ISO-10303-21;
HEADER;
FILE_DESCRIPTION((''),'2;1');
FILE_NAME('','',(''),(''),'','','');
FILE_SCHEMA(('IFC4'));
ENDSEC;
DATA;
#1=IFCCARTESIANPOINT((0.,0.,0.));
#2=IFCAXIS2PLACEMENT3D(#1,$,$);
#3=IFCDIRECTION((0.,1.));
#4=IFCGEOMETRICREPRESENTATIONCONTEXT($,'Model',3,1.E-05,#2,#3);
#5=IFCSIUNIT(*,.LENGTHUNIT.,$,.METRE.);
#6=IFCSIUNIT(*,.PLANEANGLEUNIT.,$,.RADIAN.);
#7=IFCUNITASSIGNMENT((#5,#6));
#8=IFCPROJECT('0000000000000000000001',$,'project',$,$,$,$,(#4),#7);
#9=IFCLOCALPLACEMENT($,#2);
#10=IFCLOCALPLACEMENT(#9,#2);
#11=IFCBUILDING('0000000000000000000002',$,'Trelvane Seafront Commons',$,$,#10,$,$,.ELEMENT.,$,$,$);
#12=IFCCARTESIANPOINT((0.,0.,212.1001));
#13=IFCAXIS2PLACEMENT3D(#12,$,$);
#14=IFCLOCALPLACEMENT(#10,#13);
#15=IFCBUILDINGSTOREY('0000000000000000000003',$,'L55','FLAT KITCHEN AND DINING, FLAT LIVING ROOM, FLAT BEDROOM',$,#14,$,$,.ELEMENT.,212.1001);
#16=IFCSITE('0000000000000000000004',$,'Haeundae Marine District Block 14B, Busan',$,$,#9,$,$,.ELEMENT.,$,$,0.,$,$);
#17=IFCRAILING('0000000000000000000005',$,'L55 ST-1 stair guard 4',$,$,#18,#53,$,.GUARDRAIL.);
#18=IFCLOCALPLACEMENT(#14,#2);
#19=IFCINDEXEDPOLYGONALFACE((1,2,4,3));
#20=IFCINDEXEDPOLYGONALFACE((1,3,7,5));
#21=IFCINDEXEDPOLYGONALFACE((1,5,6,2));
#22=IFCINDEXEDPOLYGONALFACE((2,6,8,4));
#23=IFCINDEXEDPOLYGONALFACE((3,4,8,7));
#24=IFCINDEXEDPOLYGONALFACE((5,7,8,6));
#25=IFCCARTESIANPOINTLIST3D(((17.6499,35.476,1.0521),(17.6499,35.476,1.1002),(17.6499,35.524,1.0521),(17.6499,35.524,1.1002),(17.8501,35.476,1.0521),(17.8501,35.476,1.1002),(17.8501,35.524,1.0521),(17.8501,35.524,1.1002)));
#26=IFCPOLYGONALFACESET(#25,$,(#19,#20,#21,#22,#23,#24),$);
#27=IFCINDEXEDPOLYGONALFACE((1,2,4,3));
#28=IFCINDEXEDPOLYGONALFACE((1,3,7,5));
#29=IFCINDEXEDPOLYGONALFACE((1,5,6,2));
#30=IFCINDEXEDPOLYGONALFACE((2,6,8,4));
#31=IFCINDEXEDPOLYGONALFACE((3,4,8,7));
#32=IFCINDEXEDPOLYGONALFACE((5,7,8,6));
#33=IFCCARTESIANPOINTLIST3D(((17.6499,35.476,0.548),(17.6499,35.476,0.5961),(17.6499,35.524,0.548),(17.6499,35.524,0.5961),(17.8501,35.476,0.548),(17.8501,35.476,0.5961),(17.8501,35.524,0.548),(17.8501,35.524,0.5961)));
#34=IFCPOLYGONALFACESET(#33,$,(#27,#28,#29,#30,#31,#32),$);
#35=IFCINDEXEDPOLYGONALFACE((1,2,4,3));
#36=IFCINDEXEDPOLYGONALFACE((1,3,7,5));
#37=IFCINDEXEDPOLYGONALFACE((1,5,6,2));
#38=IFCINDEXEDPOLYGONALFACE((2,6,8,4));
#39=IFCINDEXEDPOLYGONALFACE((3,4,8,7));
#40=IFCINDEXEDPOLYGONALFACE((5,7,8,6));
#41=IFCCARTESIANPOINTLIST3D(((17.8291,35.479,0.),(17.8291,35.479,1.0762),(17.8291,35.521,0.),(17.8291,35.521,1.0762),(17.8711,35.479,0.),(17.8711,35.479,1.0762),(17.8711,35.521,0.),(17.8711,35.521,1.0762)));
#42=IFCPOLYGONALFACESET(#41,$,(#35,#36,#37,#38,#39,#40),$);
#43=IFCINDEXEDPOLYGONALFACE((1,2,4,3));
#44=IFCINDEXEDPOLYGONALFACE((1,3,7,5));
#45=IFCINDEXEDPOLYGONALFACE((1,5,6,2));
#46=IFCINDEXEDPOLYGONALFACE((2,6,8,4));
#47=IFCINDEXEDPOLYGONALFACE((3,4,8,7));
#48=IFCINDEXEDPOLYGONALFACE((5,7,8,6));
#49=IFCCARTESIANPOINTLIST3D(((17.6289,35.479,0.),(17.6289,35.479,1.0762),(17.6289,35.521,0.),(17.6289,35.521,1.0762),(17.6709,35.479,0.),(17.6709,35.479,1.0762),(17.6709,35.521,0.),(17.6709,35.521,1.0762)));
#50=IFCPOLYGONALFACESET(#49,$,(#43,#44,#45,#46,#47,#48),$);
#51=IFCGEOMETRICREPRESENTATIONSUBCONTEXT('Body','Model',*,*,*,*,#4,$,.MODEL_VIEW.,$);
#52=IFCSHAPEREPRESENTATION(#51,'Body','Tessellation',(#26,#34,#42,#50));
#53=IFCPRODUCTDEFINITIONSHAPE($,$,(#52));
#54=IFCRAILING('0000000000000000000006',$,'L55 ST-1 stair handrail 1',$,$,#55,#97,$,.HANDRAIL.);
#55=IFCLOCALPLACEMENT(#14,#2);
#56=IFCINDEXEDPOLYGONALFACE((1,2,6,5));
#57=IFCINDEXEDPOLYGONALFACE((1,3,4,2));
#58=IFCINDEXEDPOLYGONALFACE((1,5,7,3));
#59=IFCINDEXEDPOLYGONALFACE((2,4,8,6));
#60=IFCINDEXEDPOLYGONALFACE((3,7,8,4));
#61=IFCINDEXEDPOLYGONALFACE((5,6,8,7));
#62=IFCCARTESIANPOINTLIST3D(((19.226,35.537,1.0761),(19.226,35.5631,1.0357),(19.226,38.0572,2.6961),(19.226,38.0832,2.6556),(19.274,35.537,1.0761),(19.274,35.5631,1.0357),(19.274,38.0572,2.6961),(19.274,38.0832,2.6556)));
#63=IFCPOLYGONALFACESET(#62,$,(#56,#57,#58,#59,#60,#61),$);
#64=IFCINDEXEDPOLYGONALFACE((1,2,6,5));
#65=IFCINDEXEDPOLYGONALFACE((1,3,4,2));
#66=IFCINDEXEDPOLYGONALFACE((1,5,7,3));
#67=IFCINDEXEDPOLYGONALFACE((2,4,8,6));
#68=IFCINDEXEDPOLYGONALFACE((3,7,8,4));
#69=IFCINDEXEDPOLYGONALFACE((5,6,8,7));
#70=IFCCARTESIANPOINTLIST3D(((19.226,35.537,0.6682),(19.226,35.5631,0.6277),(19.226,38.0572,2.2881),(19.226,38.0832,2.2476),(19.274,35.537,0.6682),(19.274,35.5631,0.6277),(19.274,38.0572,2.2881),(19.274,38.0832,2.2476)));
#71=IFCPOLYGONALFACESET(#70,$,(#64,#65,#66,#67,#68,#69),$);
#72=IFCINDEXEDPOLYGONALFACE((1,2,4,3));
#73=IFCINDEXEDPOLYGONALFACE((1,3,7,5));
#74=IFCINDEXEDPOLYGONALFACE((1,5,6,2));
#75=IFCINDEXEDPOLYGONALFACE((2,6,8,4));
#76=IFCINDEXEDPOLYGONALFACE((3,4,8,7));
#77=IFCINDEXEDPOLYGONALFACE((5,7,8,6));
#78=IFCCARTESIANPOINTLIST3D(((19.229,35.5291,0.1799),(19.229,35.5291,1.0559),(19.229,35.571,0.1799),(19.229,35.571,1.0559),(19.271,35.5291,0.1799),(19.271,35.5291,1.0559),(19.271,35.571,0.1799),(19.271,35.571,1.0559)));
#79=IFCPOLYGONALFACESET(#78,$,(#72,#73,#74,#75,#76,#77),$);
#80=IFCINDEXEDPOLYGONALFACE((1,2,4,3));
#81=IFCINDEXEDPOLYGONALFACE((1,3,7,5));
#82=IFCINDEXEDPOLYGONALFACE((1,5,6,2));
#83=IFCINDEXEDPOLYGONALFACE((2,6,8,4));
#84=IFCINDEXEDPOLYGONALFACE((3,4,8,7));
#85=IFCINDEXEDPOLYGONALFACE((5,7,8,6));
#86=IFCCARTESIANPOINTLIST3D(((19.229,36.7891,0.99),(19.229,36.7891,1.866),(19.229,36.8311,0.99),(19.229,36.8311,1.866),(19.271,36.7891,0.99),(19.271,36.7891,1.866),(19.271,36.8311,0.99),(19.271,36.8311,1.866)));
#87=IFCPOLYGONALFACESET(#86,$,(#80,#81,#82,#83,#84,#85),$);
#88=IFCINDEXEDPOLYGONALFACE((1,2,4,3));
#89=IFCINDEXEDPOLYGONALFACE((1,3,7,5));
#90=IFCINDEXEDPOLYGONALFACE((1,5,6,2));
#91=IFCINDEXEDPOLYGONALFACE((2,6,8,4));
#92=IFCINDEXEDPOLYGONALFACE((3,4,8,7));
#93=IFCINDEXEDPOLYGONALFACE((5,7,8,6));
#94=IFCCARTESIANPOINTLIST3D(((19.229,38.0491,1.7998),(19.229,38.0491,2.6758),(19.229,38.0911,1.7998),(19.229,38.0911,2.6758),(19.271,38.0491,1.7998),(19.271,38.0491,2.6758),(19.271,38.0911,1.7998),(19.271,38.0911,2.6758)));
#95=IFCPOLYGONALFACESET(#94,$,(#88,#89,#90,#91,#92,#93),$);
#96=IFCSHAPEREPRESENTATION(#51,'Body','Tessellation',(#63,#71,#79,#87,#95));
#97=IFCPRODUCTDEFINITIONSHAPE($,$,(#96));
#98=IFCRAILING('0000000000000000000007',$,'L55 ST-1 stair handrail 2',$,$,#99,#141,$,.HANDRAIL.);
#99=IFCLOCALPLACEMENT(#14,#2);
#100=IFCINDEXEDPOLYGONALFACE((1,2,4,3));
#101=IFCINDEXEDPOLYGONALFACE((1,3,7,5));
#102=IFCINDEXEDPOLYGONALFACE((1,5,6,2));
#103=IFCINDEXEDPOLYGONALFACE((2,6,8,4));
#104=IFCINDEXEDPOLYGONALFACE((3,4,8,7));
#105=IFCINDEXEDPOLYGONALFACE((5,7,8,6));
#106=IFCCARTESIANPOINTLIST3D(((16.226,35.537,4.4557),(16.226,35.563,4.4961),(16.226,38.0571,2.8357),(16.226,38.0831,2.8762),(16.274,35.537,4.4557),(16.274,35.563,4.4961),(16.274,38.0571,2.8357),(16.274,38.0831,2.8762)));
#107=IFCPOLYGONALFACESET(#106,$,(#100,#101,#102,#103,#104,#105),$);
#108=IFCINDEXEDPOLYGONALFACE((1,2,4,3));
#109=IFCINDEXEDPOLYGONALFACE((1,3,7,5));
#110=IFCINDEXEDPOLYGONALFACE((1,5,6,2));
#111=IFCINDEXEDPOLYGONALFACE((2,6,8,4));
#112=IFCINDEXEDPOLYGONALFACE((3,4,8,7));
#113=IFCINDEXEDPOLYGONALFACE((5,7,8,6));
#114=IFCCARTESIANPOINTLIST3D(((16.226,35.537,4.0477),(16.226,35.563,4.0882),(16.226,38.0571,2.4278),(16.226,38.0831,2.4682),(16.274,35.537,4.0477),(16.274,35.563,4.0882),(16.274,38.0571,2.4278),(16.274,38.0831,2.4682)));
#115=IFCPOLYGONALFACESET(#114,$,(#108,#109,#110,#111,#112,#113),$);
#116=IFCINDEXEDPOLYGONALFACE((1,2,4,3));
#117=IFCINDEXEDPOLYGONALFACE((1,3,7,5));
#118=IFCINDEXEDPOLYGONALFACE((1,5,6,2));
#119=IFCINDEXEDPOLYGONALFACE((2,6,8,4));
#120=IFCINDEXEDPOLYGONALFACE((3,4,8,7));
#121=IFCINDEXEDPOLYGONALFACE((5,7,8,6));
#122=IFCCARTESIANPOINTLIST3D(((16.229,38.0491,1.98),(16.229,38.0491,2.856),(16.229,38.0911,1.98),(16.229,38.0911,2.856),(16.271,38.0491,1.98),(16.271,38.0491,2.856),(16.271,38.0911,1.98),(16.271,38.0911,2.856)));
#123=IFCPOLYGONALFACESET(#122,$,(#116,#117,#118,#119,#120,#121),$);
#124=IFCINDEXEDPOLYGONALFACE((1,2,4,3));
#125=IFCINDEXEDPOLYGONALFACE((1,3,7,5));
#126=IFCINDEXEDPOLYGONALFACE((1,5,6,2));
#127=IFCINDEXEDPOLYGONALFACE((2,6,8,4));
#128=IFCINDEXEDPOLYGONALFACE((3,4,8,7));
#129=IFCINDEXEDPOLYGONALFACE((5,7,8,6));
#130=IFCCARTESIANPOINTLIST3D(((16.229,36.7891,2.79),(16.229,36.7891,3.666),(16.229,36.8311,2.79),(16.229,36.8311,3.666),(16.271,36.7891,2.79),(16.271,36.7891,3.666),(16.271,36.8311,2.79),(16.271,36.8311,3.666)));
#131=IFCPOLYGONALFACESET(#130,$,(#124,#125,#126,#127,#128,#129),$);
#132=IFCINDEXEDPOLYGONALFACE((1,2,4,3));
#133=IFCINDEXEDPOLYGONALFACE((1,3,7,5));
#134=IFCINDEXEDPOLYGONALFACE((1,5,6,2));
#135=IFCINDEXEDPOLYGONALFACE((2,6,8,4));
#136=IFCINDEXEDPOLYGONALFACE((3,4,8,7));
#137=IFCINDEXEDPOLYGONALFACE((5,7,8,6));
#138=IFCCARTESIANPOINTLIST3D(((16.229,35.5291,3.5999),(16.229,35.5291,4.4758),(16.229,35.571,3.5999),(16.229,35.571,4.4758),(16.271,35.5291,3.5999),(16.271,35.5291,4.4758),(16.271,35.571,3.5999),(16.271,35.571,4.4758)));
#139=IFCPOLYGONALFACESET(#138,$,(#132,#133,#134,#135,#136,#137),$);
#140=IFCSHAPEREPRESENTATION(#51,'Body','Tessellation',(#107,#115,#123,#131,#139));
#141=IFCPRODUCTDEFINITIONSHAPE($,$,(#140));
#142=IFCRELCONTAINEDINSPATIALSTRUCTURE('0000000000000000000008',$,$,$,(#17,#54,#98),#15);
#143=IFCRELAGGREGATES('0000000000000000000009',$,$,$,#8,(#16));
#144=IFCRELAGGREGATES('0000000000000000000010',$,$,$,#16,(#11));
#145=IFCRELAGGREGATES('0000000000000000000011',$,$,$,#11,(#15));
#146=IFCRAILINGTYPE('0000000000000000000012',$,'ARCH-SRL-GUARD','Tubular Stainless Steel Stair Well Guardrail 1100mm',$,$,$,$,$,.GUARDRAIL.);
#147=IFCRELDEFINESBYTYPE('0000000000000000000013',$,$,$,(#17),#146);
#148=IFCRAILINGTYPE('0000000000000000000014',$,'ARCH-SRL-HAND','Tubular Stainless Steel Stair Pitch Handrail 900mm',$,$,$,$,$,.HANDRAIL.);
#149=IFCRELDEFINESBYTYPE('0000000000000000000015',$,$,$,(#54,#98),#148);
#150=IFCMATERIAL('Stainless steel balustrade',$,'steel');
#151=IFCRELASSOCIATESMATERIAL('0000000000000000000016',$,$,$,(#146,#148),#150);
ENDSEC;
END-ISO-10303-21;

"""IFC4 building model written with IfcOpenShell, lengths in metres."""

from ifc_helpers import new_model, si_unit, direction, frame, origin, origin_2d, place, context, subcontext, project, spatial, rectangle, extrude, material, type_object, element, save


model = new_model("IFC4")

# Units and contexts
model_context = context("Model", 3, precision=1e-05, world=origin(), true_north=direction((0.0, 1.0)))
body_context = subcontext(model_context, "Body", "Model", "MODEL_VIEW")
ifc_project = project(units=[si_unit("LENGTHUNIT", "METRE"), si_unit("PLANEANGLEUNIT", "RADIAN")], contexts=[model_context])

# Site, building, storey
site_placement = place(None, origin())
site = spatial("IfcSite", under=ifc_project, at=site_placement, Name="Haeundae Marine District Block 14B, Busan", CompositionType="ELEMENT", RefElevation=0.0)
building_placement = place(site_placement, origin())
building = spatial("IfcBuilding", under=site, at=building_placement, Name="Trelvane Seafront Commons", CompositionType="ELEMENT")
storey_placement = place(building_placement, frame((0.0, 0.0, 212.1001)))
storey = spatial("IfcBuildingStorey", under=building, at=storey_placement, Name="L55", Description="FLAT KITCHEN AND DINING, FLAT LIVING ROOM, FLAT BEDROOM", CompositionType="ELEMENT", Elevation=212.1001)

# Shared definitions
ifc_material_1 = material(Name="Stainless steel balustrade", Category="steel")

# Railings
railing_type_1 = type_object("IfcRailingType", Name="ARCH-SRL-GUARD", Description="Tubular Stainless Steel Stair Well Guardrail 1100mm", PredefinedType="GUARDRAIL", material=ifc_material_1)
railing_1_placement = place(storey_placement, frame((17.8501, 35.5, 0.0)))
element("IfcRailing", 1, at=railing_1_placement, inside=storey, type_object=railing_type_1, Name="L55 ST-1 stair guard 4", PredefinedType="GUARDRAIL", context=body_context, shape_type="SweptSolid", body=[
    extrude(rectangle(XDim=0.0481, YDim=0.0481, at=origin_2d()), frame((0.0, 0.0, 1.0762), z_axis=(-1.0, 0.0, 0.0), x_axis=(0.0, -1.0, 0.0)), (0.0, 0.0, 1.0), 0.2002),
    extrude(rectangle(XDim=0.0481, YDim=0.0481, at=origin_2d()), frame((0.0, 0.0, 0.572), z_axis=(-1.0, 0.0, 0.0), x_axis=(0.0, -1.0, 0.0)), (0.0, 0.0, 1.0), 0.2002),
    extrude(rectangle(XDim=0.042, YDim=0.042, at=origin_2d()), origin(), (0.0, 0.0, 1.0), 1.0762),
    extrude(rectangle(XDim=0.042, YDim=0.042, at=origin_2d()), frame((-0.2002, 0.0, 0.0)), (0.0, 0.0, 1.0), 1.0762),
])
railing_type_2 = type_object("IfcRailingType", Name="ARCH-SRL-HAND", Description="Tubular Stainless Steel Stair Pitch Handrail 900mm", PredefinedType="HANDRAIL", material=ifc_material_1)
railing_2_placement = place(storey_placement, frame((19.25, 35.55, 0.1799)))
element("IfcRailing", 2, at=railing_2_placement, inside=storey, type_object=railing_type_2, Name="L55 ST-1 stair handrail 1", PredefinedType="HANDRAIL", context=body_context, shape_type="SweptSolid", body=[
    extrude(rectangle(XDim=0.0481, YDim=0.0481, at=origin_2d()), frame((0.0, 0.0, 0.876), z_axis=(0.0, 0.8412, 0.540725), x_axis=(-1.0, 0.0, 0.0)), (0.0, 0.0, 1.0), 2.9958),
    extrude(rectangle(XDim=0.0481, YDim=0.0481, at=origin_2d()), frame((0.0, 0.0, 0.468), z_axis=(0.0, 0.8412, 0.540725), x_axis=(-1.0, 0.0, 0.0)), (0.0, 0.0, 1.0), 2.9958),
    extrude(rectangle(XDim=0.042, YDim=0.042, at=origin_2d()), origin(), (0.0, 0.0, 1.0), 0.876),
    extrude(rectangle(XDim=0.042, YDim=0.042, at=origin_2d()), frame((0.0, 1.26, 0.8101)), (0.0, 0.0, 1.0), 0.876),
    extrude(rectangle(XDim=0.042, YDim=0.042, at=origin_2d()), frame((0.0, 2.52, 1.6199)), (0.0, 0.0, 1.0), 0.876),
])
railing_3_placement = place(storey_placement, frame((16.25, 38.0701, 1.98)))
element("IfcRailing", 3, at=railing_3_placement, inside=storey, type_object=railing_type_2, Name="L55 ST-1 stair handrail 2", PredefinedType="HANDRAIL", context=body_context, shape_type="SweptSolid", body=[
    extrude(rectangle(XDim=0.0481, YDim=0.0481, at=origin_2d()), frame((0.0, 0.0, 0.876), z_axis=(0.0, -0.8412, 0.540725), x_axis=(1.0, 0.0, 0.0)), (0.0, 0.0, 1.0), 2.9958),
    extrude(rectangle(XDim=0.0481, YDim=0.0481, at=origin_2d()), frame((0.0, 0.0, 0.468), z_axis=(0.0, -0.8412, 0.540725), x_axis=(1.0, 0.0, 0.0)), (0.0, 0.0, 1.0), 2.9958),
    extrude(rectangle(XDim=0.042, YDim=0.042, at=origin_2d()), origin(), (0.0, 0.0, 1.0), 0.876),
    extrude(rectangle(XDim=0.042, YDim=0.042, at=origin_2d()), frame((0.0, -1.26, 0.8101)), (0.0, 0.0, 1.0), 0.876),
    extrude(rectangle(XDim=0.042, YDim=0.042, at=origin_2d()), frame((0.0, -2.52, 1.6199)), (0.0, 0.0, 1.0), 0.876),
])

save(model, "model.ifc")
